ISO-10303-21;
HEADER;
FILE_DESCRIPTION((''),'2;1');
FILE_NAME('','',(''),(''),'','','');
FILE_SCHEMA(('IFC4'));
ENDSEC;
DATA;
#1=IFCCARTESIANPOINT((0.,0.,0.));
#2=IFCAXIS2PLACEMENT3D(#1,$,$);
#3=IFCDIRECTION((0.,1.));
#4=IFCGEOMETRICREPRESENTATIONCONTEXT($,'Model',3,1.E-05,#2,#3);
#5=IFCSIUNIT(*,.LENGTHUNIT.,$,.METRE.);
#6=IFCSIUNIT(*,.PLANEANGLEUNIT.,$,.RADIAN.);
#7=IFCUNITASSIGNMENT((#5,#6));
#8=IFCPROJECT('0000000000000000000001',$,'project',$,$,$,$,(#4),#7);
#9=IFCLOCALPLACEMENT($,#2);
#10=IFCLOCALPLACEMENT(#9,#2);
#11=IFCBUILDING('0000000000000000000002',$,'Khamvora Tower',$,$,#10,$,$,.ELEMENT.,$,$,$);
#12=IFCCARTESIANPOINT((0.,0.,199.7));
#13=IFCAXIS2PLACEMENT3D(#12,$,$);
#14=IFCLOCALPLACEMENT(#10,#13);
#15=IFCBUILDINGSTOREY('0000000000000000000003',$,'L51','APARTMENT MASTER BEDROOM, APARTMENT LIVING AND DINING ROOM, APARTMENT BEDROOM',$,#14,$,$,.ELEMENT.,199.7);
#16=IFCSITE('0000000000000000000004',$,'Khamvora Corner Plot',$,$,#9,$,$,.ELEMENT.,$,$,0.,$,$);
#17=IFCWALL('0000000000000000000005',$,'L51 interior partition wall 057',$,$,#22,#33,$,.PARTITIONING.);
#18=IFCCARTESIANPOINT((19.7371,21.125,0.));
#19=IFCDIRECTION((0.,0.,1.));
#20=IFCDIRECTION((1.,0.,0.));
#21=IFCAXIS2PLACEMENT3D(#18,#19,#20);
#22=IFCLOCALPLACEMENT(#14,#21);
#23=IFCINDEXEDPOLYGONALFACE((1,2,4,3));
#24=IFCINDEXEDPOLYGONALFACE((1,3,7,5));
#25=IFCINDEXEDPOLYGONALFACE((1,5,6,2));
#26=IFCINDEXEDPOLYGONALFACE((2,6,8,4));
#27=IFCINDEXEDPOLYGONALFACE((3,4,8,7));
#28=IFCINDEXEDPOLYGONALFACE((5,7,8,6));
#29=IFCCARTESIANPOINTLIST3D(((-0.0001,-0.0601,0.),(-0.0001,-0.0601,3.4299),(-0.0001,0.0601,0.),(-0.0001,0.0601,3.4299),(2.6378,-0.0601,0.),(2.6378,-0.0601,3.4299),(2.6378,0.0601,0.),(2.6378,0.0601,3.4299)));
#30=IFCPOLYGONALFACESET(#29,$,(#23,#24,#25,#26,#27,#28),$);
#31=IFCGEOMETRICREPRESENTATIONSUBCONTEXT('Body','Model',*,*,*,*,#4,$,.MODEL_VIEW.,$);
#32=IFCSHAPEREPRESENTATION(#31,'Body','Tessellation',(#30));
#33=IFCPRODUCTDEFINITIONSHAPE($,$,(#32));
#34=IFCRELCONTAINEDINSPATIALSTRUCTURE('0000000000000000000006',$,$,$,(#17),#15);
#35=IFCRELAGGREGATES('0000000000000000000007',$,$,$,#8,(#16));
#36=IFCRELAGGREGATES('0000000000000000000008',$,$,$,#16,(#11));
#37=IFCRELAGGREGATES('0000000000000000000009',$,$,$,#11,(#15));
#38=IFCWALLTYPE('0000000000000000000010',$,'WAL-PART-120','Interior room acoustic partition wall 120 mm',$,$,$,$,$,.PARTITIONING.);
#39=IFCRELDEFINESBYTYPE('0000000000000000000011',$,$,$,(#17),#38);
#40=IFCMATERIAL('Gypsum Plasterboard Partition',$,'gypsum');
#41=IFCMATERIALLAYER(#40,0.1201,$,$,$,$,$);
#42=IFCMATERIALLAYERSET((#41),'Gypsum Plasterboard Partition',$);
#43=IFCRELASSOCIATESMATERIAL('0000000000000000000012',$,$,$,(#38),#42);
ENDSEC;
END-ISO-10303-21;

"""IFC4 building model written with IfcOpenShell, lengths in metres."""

from ifc_helpers import new_model, si_unit, direction, frame, frame_2d, origin, place, context, subcontext, project, spatial, rectangle, extrude, material, layer, layer_set, type_object, element, save


model = new_model("IFC4")

# Units and contexts
model_context = context("Model", 3, precision=1e-05, world=origin(), true_north=direction((0.0, 1.0)))
body_context = subcontext(model_context, "Body", "Model", "MODEL_VIEW")
ifc_project = project(units=[si_unit("LENGTHUNIT", "METRE"), si_unit("PLANEANGLEUNIT", "RADIAN")], contexts=[model_context])

# Site, building, storey
site_placement = place(None, origin())
site = spatial("IfcSite", under=ifc_project, at=site_placement, Name="Khamvora Corner Plot", CompositionType="ELEMENT", RefElevation=0.0)
building_placement = place(site_placement, origin())
building = spatial("IfcBuilding", under=site, at=building_placement, Name="Khamvora Tower", CompositionType="ELEMENT")
storey_placement = place(building_placement, frame((0.0, 0.0, 199.7)))
storey = spatial("IfcBuildingStorey", under=building, at=storey_placement, Name="L51", Description="APARTMENT MASTER BEDROOM, APARTMENT LIVING AND DINING ROOM, APARTMENT BEDROOM", CompositionType="ELEMENT", Elevation=199.7)

# Shared definitions
ifc_material_1 = material(Name="Gypsum Plasterboard Partition", Category="gypsum")
ifc_layer_1 = layer(ifc_material_1, 0.1201)
ifc_layer_set_1 = layer_set([ifc_layer_1], Name="Gypsum Plasterboard Partition")
wall_type_1 = type_object("IfcWallType", Name="WAL-PART-120", Description="Interior room acoustic partition wall 120 mm", PredefinedType="PARTITIONING", material=ifc_layer_set_1)

# Wall
wall_1_placement = place(storey_placement, frame((19.7371, 21.125, 0.0), z_axis=(0.0, 0.0, 1.0), x_axis=(1.0, 0.0, 0.0)))
element("IfcWall", 1, at=wall_1_placement, inside=storey, type_object=wall_type_1, Name="L51 interior partition wall 057", PredefinedType="PARTITIONING", context=body_context, shape_type="SweptSolid", body=[
    extrude(rectangle(XDim=2.6379, YDim=0.1201, at=frame_2d((1.3188, 0.0))), origin(), (0.0, 0.0, 1.0), 3.4299),
])

save(model, "model.ifc")
